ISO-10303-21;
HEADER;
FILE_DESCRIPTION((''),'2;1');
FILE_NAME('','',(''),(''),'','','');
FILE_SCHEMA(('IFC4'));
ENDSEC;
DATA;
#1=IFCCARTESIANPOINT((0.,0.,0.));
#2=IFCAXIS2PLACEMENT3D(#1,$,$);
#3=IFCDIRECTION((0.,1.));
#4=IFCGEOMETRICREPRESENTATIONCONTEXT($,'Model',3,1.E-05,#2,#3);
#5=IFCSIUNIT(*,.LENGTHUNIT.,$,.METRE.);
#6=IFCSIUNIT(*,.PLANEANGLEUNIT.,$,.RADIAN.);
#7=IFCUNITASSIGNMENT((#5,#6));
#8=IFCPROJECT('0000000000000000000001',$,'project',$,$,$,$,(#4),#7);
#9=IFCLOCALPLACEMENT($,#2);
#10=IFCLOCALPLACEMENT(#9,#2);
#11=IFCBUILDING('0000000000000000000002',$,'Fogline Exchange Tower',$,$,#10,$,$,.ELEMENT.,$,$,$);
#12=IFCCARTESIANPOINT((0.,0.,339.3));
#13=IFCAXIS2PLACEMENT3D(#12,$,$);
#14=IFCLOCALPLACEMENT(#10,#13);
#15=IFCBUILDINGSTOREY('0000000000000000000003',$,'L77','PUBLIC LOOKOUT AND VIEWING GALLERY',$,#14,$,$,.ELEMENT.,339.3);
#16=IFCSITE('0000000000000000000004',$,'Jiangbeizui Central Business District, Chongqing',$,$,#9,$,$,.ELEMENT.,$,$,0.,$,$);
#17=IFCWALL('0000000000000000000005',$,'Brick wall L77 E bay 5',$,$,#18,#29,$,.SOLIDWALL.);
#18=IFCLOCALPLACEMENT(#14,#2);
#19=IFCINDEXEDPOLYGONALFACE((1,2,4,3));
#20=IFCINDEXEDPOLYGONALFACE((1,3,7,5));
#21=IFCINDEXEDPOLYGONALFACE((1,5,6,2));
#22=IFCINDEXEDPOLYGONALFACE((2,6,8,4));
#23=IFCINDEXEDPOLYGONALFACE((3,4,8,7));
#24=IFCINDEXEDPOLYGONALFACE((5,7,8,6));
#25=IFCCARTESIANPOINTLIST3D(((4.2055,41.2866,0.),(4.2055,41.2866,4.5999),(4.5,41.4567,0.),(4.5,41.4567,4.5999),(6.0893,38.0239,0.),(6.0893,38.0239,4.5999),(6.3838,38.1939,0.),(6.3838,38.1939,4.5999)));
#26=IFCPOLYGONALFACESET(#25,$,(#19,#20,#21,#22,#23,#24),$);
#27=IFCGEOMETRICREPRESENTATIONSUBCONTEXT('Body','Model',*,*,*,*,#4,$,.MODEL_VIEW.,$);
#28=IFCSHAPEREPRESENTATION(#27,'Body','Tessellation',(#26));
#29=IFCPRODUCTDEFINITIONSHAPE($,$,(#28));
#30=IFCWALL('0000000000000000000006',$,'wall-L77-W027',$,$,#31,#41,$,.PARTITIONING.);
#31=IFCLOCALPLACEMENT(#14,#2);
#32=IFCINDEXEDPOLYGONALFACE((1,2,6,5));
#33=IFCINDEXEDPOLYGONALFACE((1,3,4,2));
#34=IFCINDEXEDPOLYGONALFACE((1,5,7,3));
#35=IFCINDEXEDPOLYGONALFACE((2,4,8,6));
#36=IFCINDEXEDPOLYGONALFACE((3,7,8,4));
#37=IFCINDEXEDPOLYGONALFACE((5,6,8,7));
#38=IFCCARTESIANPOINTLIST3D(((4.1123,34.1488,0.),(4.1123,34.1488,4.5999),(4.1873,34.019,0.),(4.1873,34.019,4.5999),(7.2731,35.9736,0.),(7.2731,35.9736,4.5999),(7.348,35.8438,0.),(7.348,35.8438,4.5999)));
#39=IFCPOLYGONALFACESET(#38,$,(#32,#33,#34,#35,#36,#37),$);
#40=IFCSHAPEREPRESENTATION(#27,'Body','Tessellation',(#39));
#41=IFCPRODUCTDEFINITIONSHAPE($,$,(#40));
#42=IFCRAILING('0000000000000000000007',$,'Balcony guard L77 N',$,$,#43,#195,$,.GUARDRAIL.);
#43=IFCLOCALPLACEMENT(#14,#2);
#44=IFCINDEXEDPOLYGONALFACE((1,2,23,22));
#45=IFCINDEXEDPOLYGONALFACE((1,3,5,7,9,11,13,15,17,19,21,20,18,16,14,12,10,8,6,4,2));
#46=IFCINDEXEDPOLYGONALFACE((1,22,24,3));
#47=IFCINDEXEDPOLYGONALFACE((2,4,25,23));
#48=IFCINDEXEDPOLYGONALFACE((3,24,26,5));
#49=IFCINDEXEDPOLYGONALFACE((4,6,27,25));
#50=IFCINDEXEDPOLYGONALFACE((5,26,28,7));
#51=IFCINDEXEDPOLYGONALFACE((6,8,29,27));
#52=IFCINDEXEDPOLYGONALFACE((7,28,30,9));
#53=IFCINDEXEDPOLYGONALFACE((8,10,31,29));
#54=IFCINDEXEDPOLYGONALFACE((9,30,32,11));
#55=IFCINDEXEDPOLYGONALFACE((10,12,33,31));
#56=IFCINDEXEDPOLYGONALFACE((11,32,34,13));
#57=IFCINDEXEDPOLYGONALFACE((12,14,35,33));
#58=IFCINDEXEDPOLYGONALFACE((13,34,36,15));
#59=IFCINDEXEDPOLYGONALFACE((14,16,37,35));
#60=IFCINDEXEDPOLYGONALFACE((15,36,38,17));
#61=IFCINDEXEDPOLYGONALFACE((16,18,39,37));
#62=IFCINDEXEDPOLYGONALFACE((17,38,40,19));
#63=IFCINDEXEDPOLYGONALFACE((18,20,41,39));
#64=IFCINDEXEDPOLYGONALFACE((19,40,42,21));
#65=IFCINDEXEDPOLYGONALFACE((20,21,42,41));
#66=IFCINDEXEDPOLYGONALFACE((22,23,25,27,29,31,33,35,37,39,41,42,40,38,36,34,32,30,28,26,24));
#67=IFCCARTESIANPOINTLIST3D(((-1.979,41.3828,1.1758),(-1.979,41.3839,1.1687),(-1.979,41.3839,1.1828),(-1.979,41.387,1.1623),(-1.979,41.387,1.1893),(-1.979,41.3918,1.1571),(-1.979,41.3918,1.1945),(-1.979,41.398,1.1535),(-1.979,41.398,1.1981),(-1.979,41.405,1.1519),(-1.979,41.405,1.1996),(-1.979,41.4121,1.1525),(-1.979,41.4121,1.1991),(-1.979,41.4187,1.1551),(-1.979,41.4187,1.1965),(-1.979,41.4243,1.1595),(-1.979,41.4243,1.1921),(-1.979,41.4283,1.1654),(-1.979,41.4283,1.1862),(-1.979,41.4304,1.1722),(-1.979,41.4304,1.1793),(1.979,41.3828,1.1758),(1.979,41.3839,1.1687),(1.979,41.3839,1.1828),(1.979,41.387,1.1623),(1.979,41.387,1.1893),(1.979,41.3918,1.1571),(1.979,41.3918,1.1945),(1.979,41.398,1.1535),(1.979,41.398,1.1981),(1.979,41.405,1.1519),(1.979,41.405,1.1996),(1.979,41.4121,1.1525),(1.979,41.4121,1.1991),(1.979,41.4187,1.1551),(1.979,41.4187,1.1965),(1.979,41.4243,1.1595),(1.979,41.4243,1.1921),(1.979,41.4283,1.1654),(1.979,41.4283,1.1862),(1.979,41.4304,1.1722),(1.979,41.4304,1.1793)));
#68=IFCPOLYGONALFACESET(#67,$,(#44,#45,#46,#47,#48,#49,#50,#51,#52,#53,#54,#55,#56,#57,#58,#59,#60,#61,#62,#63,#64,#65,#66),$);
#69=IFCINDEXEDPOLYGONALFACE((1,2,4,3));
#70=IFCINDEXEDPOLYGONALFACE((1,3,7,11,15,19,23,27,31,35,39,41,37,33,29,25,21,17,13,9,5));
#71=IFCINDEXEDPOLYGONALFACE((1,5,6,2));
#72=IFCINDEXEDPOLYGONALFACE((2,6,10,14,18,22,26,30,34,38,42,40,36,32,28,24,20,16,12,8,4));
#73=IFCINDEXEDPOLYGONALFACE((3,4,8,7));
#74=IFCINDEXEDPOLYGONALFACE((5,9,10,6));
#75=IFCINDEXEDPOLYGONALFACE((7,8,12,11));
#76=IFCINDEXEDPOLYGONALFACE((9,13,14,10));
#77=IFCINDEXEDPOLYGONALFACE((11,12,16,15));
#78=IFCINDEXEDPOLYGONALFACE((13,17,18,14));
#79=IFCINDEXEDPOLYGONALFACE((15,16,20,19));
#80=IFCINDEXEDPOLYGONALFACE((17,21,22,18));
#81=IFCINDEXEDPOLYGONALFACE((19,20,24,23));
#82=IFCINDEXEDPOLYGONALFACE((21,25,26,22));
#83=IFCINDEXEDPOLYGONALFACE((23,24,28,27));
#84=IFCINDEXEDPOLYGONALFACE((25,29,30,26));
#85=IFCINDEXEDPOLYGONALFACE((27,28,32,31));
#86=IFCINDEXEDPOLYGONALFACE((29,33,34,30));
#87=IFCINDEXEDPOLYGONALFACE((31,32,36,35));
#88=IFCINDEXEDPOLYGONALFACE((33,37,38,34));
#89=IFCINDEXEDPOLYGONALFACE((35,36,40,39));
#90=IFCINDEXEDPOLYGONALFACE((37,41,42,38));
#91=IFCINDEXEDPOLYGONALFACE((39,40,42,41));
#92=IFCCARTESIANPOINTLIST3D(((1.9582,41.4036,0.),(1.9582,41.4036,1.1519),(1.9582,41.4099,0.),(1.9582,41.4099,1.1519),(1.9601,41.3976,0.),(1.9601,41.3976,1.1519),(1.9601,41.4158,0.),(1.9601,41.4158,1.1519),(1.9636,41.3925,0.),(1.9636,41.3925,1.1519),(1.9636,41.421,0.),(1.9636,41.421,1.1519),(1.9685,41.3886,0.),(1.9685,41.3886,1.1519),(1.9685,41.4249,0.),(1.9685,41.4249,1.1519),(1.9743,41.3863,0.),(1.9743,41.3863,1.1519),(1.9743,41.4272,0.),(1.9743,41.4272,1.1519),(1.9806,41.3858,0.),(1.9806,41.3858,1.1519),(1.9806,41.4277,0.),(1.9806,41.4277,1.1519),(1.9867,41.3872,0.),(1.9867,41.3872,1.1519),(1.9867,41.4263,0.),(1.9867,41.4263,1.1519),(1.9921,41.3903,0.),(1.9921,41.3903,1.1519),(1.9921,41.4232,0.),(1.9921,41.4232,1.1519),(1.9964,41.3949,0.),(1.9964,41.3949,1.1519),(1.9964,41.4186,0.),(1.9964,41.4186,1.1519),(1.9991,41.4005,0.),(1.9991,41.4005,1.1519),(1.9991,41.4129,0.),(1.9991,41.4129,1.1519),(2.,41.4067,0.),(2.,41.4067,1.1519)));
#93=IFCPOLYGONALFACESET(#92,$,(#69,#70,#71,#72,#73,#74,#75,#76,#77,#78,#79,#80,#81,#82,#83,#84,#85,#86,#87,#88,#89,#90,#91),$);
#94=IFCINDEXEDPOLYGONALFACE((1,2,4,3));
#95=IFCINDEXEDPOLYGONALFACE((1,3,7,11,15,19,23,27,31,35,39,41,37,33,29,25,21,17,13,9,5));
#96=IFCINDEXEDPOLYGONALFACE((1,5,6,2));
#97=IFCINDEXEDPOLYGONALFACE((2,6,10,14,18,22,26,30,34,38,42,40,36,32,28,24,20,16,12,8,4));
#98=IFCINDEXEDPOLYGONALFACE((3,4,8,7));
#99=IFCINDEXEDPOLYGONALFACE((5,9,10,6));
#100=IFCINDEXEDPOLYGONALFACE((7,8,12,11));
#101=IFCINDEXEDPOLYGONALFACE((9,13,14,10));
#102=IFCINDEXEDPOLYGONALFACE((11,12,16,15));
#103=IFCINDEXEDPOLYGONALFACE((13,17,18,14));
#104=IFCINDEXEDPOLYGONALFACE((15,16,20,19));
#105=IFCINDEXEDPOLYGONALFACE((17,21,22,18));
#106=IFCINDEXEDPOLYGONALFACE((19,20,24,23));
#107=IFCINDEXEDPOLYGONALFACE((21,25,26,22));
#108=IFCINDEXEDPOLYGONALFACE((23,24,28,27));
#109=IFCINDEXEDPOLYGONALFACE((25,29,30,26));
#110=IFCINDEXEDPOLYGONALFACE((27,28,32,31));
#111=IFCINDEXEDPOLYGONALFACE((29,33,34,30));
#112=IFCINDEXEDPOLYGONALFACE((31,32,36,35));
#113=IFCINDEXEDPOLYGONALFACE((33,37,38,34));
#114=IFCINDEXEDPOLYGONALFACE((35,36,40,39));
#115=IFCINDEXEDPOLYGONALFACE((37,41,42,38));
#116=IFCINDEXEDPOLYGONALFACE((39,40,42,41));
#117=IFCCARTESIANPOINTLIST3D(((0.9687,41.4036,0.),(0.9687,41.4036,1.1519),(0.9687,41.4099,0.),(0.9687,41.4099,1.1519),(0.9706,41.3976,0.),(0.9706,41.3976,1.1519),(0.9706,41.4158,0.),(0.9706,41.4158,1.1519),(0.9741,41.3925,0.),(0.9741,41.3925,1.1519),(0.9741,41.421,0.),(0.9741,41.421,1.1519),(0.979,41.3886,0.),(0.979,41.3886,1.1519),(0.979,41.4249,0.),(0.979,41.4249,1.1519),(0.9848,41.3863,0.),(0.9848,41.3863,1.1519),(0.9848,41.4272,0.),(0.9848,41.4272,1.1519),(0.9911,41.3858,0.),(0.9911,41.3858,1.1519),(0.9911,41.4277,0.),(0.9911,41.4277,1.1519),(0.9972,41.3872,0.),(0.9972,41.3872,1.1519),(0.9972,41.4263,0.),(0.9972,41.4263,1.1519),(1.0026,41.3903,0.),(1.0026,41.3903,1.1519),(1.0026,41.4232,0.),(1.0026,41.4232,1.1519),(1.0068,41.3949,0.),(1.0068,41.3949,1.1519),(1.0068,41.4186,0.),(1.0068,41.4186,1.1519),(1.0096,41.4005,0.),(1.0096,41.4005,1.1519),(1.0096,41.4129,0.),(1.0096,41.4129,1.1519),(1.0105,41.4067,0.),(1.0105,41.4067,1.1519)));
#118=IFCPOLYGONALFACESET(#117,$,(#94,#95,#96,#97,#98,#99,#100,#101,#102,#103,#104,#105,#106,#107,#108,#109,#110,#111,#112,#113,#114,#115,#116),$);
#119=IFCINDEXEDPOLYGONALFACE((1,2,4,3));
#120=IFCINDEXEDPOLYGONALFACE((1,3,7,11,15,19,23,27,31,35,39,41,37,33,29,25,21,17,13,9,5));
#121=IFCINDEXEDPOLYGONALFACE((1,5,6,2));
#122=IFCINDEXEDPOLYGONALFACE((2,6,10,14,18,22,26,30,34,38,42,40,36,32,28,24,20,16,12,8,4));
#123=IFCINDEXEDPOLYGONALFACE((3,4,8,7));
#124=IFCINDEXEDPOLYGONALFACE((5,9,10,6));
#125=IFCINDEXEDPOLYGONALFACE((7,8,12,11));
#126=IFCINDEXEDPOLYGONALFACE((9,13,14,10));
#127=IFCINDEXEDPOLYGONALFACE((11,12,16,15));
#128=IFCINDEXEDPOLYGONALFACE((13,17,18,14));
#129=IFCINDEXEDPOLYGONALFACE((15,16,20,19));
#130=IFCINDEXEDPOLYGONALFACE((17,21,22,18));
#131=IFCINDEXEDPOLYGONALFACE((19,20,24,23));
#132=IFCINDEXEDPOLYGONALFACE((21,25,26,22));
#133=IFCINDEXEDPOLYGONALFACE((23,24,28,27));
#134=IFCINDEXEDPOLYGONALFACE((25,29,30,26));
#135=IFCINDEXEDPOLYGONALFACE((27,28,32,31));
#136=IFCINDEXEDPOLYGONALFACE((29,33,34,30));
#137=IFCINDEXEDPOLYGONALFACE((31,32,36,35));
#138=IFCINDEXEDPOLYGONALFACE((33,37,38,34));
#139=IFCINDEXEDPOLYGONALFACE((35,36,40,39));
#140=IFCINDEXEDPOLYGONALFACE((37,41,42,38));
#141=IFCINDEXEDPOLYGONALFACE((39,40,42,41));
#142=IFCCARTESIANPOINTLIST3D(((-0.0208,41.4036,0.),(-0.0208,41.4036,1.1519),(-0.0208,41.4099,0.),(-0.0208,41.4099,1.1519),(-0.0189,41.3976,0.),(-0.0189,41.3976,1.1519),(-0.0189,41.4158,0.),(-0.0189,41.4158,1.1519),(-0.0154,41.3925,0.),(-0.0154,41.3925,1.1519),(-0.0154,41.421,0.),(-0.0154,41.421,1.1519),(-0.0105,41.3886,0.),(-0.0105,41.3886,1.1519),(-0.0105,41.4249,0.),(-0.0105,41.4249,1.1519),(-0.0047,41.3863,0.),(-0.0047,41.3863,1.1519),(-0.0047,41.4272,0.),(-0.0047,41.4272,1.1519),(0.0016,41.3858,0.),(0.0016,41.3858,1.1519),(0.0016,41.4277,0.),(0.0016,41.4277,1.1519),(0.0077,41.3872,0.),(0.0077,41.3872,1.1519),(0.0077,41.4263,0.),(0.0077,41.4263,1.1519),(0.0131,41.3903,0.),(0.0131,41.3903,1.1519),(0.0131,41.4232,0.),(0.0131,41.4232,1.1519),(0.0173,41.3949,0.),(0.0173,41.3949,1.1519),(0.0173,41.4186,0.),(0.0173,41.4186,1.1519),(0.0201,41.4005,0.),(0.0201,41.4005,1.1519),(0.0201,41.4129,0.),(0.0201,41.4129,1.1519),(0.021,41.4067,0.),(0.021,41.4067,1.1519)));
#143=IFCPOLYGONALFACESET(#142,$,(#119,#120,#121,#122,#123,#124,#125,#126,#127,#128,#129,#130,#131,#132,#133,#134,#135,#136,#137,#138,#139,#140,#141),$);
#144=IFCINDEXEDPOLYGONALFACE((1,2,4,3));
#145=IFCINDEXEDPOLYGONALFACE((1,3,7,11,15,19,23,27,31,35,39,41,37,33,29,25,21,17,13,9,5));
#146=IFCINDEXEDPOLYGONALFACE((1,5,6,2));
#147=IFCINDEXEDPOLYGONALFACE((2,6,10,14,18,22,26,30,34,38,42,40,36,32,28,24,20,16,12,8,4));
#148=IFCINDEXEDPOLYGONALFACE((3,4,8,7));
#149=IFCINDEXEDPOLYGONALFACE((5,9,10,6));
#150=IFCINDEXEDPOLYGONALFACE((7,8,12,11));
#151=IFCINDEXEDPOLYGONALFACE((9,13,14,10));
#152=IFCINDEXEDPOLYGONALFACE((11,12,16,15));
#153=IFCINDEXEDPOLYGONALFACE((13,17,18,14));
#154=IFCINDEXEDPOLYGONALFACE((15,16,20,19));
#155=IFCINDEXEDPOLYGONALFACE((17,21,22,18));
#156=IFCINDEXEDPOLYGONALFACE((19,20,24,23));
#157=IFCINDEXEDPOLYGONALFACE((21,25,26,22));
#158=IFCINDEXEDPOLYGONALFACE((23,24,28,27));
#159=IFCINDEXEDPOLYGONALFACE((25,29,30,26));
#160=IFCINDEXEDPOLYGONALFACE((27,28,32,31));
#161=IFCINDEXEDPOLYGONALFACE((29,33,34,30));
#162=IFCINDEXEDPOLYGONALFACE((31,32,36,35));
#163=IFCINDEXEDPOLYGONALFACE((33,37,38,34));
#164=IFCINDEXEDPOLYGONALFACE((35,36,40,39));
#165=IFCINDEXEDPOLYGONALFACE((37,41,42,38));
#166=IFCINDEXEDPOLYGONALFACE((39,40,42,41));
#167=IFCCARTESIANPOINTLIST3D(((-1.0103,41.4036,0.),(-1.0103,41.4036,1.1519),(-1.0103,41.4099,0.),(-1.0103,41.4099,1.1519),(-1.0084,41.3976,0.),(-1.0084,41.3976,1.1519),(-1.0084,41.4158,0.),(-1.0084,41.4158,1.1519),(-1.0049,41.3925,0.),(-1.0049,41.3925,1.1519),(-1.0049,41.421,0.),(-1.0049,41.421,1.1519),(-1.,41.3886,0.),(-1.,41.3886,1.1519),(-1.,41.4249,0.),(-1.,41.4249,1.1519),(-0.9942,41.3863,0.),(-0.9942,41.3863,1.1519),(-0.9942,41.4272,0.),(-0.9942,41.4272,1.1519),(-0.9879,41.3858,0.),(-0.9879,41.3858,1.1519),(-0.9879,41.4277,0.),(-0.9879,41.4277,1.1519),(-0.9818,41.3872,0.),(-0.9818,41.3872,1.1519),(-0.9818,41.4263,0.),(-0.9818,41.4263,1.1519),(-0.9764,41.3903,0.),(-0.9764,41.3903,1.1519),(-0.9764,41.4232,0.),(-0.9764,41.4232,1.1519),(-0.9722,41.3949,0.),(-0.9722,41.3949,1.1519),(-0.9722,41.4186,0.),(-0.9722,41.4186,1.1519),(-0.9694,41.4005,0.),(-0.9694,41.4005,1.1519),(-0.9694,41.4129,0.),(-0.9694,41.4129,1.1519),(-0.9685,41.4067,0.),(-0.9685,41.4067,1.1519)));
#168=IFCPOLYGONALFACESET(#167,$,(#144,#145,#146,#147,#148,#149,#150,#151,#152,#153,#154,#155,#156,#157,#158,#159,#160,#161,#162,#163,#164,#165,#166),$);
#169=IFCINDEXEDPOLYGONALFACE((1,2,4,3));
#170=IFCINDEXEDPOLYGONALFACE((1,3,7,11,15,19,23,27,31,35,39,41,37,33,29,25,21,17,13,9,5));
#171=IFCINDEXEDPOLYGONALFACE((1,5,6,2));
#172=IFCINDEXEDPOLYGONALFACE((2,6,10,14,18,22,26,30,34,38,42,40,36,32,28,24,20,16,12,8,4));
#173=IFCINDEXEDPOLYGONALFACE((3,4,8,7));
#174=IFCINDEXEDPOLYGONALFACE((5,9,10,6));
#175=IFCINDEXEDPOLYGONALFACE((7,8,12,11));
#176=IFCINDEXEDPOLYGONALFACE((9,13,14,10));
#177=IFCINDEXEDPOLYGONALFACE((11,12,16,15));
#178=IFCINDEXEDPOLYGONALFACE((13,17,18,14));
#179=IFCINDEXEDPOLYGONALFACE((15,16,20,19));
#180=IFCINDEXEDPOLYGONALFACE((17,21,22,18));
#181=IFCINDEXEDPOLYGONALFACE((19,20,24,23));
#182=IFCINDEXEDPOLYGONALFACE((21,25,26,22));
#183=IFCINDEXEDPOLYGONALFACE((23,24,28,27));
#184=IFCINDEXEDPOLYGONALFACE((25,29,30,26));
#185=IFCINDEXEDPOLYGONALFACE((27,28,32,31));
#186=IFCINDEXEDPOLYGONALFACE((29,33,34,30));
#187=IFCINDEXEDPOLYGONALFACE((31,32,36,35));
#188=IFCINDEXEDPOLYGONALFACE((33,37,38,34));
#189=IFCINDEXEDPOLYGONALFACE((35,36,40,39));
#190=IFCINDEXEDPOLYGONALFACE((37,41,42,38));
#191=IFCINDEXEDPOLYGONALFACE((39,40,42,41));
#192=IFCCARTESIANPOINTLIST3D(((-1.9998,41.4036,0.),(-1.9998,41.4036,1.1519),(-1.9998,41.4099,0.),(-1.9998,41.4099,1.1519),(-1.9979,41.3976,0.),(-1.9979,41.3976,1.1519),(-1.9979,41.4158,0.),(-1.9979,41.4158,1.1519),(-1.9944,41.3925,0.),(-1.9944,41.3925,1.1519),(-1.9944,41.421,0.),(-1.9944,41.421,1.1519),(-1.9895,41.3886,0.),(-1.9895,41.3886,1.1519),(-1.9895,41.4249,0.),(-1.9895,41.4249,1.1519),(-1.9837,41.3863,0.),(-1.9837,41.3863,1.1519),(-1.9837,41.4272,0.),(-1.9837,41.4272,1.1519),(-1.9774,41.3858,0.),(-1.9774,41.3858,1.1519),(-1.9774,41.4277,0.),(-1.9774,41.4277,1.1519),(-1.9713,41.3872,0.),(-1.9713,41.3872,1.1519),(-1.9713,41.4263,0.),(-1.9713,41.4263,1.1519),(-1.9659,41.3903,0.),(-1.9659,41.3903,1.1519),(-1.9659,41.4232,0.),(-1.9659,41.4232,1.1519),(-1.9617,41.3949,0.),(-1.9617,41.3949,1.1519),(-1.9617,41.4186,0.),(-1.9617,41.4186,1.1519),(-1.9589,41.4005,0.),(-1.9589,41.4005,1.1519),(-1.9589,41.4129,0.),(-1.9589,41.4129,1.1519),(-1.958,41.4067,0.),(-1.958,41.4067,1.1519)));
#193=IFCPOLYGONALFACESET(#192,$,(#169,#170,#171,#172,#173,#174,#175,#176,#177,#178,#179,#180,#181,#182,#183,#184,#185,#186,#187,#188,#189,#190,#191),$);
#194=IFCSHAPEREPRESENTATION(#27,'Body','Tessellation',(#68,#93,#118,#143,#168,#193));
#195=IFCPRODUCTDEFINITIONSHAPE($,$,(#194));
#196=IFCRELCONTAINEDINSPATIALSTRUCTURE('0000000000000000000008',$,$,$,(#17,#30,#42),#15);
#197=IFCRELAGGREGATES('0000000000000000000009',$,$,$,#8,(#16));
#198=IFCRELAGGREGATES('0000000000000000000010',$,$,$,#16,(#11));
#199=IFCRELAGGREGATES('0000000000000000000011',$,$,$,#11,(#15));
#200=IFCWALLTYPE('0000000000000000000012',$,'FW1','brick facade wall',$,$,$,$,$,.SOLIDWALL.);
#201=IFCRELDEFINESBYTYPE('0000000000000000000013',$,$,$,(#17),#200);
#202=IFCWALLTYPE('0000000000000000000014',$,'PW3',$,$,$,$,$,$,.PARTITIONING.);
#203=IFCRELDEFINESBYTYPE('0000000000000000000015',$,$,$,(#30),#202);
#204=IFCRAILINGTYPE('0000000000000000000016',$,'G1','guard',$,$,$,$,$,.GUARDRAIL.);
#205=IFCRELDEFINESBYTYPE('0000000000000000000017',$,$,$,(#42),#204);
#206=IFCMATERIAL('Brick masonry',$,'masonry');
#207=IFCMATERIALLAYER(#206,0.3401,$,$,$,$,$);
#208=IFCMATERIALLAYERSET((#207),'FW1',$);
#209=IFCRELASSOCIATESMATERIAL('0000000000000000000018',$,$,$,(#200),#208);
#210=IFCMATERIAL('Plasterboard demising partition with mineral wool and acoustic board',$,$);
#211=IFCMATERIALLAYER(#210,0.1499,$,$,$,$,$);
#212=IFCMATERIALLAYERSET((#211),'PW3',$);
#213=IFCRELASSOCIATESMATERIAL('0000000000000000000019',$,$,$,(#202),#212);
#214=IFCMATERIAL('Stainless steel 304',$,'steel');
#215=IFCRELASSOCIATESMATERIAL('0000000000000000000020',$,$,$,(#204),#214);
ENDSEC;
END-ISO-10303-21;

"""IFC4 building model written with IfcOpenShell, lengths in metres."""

from ifc_helpers import new_model, si_unit, direction, frame, frame_2d, origin, origin_2d, place, context, subcontext, project, spatial, rectangle, circle, extrude, material, layer, layer_set, type_object, element, save


model = new_model("IFC4")

# Units and contexts
model_context = context("Model", 3, precision=1e-05, world=origin(), true_north=direction((0.0, 1.0)))
body_context = subcontext(model_context, "Body", "Model", "MODEL_VIEW")
ifc_project = project(units=[si_unit("LENGTHUNIT", "METRE"), si_unit("PLANEANGLEUNIT", "RADIAN")], contexts=[model_context])

# Site, building, storey
site_placement = place(None, origin())
site = spatial("IfcSite", under=ifc_project, at=site_placement, Name="Jiangbeizui Central Business District, Chongqing", CompositionType="ELEMENT", RefElevation=0.0)
building_placement = place(site_placement, origin())
building = spatial("IfcBuilding", under=site, at=building_placement, Name="Fogline Exchange Tower", CompositionType="ELEMENT")
storey_placement = place(building_placement, frame((0.0, 0.0, 339.3)))
storey = spatial("IfcBuildingStorey", under=building, at=storey_placement, Name="L77", Description="PUBLIC LOOKOUT AND VIEWING GALLERY", CompositionType="ELEMENT", Elevation=339.3)

# Wall
ifc_material_1 = material(Name="Brick masonry", Category="masonry")
ifc_layer_1 = layer(ifc_material_1, 0.3401)
ifc_layer_set_1 = layer_set([ifc_layer_1], Name="FW1")
wall_type_1 = type_object("IfcWallType", Name="FW1", Description="brick facade wall", PredefinedType="SOLIDWALL", material=ifc_layer_set_1)
wall_1_placement = place(storey_placement, frame((6.2366, 38.1089, 0.0), z_axis=(0.0, 0.0, 1.0), x_axis=(-0.500014, 0.866017, 0.0)))
element("IfcWall", 1, at=wall_1_placement, inside=storey, type_object=wall_type_1, Name="Brick wall L77 E bay 5", PredefinedType="SOLIDWALL", context=body_context, shape_type="SweptSolid", body=[
    extrude(rectangle(XDim=3.7676, YDim=0.3401, at=frame_2d((1.8838, 0.0))), origin(), (0.0, 0.0, 1.0), 4.5999),
])

# Wall
ifc_material_2 = material(Name="Plasterboard demising partition with mineral wool and acoustic board")
ifc_layer_2 = layer(ifc_material_2, 0.1499)
ifc_layer_set_2 = layer_set([ifc_layer_2], Name="PW3")
wall_type_2 = type_object("IfcWallType", Name="PW3", PredefinedType="PARTITIONING", material=ifc_layer_set_2)
wall_2_placement = place(storey_placement, frame((4.1499, 34.084, 0.0), z_axis=(0.0, 0.0, 1.0), x_axis=(0.866036, 0.499981, 0.0)))
element("IfcWall", 2, at=wall_2_placement, inside=storey, type_object=wall_type_2, Name="wall-L77-W027", PredefinedType="PARTITIONING", context=body_context, shape_type="SweptSolid", body=[
    extrude(rectangle(XDim=3.6497, YDim=0.1499, at=frame_2d((1.8247, 0.0))), origin(), (0.0, 0.0, 1.0), 4.5999),
])

# Railing
ifc_material_3 = material(Name="Stainless steel 304", Category="steel")
railing_type = type_object("IfcRailingType", Name="G1", Description="guard", PredefinedType="GUARDRAIL", material=ifc_material_3)
railing_placement = place(storey_placement, frame((1.979, 41.4067, 0.0)))
element("IfcRailing", 3, at=railing_placement, inside=storey, type_object=railing_type, Name="Balcony guard L77 N", PredefinedType="GUARDRAIL", context=body_context, shape_type="SweptSolid", body=[
    extrude(circle(Radius=0.0239, at=origin_2d()), frame((0.0, 0.0, 1.1758), z_axis=(-1.0, 0.0, 0.0), x_axis=(0.0, -1.0, 0.0)), (0.0, 0.0, 1.0), 3.958),
    extrude(circle(Radius=0.021, at=origin_2d()), origin(), (0.0, 0.0, 1.0), 1.1519),
    extrude(circle(Radius=0.021, at=origin_2d()), frame((-0.9895, 0.0, 0.0)), (0.0, 0.0, 1.0), 1.1519),
    extrude(circle(Radius=0.021, at=origin_2d()), frame((-1.979, 0.0, 0.0)), (0.0, 0.0, 1.0), 1.1519),
    extrude(circle(Radius=0.021, at=origin_2d()), frame((-2.9685, 0.0, 0.0)), (0.0, 0.0, 1.0), 1.1519),
    extrude(circle(Radius=0.021, at=origin_2d()), frame((-3.958, 0.0, 0.0)), (0.0, 0.0, 1.0), 1.1519),
])

save(model, "model.ifc")
